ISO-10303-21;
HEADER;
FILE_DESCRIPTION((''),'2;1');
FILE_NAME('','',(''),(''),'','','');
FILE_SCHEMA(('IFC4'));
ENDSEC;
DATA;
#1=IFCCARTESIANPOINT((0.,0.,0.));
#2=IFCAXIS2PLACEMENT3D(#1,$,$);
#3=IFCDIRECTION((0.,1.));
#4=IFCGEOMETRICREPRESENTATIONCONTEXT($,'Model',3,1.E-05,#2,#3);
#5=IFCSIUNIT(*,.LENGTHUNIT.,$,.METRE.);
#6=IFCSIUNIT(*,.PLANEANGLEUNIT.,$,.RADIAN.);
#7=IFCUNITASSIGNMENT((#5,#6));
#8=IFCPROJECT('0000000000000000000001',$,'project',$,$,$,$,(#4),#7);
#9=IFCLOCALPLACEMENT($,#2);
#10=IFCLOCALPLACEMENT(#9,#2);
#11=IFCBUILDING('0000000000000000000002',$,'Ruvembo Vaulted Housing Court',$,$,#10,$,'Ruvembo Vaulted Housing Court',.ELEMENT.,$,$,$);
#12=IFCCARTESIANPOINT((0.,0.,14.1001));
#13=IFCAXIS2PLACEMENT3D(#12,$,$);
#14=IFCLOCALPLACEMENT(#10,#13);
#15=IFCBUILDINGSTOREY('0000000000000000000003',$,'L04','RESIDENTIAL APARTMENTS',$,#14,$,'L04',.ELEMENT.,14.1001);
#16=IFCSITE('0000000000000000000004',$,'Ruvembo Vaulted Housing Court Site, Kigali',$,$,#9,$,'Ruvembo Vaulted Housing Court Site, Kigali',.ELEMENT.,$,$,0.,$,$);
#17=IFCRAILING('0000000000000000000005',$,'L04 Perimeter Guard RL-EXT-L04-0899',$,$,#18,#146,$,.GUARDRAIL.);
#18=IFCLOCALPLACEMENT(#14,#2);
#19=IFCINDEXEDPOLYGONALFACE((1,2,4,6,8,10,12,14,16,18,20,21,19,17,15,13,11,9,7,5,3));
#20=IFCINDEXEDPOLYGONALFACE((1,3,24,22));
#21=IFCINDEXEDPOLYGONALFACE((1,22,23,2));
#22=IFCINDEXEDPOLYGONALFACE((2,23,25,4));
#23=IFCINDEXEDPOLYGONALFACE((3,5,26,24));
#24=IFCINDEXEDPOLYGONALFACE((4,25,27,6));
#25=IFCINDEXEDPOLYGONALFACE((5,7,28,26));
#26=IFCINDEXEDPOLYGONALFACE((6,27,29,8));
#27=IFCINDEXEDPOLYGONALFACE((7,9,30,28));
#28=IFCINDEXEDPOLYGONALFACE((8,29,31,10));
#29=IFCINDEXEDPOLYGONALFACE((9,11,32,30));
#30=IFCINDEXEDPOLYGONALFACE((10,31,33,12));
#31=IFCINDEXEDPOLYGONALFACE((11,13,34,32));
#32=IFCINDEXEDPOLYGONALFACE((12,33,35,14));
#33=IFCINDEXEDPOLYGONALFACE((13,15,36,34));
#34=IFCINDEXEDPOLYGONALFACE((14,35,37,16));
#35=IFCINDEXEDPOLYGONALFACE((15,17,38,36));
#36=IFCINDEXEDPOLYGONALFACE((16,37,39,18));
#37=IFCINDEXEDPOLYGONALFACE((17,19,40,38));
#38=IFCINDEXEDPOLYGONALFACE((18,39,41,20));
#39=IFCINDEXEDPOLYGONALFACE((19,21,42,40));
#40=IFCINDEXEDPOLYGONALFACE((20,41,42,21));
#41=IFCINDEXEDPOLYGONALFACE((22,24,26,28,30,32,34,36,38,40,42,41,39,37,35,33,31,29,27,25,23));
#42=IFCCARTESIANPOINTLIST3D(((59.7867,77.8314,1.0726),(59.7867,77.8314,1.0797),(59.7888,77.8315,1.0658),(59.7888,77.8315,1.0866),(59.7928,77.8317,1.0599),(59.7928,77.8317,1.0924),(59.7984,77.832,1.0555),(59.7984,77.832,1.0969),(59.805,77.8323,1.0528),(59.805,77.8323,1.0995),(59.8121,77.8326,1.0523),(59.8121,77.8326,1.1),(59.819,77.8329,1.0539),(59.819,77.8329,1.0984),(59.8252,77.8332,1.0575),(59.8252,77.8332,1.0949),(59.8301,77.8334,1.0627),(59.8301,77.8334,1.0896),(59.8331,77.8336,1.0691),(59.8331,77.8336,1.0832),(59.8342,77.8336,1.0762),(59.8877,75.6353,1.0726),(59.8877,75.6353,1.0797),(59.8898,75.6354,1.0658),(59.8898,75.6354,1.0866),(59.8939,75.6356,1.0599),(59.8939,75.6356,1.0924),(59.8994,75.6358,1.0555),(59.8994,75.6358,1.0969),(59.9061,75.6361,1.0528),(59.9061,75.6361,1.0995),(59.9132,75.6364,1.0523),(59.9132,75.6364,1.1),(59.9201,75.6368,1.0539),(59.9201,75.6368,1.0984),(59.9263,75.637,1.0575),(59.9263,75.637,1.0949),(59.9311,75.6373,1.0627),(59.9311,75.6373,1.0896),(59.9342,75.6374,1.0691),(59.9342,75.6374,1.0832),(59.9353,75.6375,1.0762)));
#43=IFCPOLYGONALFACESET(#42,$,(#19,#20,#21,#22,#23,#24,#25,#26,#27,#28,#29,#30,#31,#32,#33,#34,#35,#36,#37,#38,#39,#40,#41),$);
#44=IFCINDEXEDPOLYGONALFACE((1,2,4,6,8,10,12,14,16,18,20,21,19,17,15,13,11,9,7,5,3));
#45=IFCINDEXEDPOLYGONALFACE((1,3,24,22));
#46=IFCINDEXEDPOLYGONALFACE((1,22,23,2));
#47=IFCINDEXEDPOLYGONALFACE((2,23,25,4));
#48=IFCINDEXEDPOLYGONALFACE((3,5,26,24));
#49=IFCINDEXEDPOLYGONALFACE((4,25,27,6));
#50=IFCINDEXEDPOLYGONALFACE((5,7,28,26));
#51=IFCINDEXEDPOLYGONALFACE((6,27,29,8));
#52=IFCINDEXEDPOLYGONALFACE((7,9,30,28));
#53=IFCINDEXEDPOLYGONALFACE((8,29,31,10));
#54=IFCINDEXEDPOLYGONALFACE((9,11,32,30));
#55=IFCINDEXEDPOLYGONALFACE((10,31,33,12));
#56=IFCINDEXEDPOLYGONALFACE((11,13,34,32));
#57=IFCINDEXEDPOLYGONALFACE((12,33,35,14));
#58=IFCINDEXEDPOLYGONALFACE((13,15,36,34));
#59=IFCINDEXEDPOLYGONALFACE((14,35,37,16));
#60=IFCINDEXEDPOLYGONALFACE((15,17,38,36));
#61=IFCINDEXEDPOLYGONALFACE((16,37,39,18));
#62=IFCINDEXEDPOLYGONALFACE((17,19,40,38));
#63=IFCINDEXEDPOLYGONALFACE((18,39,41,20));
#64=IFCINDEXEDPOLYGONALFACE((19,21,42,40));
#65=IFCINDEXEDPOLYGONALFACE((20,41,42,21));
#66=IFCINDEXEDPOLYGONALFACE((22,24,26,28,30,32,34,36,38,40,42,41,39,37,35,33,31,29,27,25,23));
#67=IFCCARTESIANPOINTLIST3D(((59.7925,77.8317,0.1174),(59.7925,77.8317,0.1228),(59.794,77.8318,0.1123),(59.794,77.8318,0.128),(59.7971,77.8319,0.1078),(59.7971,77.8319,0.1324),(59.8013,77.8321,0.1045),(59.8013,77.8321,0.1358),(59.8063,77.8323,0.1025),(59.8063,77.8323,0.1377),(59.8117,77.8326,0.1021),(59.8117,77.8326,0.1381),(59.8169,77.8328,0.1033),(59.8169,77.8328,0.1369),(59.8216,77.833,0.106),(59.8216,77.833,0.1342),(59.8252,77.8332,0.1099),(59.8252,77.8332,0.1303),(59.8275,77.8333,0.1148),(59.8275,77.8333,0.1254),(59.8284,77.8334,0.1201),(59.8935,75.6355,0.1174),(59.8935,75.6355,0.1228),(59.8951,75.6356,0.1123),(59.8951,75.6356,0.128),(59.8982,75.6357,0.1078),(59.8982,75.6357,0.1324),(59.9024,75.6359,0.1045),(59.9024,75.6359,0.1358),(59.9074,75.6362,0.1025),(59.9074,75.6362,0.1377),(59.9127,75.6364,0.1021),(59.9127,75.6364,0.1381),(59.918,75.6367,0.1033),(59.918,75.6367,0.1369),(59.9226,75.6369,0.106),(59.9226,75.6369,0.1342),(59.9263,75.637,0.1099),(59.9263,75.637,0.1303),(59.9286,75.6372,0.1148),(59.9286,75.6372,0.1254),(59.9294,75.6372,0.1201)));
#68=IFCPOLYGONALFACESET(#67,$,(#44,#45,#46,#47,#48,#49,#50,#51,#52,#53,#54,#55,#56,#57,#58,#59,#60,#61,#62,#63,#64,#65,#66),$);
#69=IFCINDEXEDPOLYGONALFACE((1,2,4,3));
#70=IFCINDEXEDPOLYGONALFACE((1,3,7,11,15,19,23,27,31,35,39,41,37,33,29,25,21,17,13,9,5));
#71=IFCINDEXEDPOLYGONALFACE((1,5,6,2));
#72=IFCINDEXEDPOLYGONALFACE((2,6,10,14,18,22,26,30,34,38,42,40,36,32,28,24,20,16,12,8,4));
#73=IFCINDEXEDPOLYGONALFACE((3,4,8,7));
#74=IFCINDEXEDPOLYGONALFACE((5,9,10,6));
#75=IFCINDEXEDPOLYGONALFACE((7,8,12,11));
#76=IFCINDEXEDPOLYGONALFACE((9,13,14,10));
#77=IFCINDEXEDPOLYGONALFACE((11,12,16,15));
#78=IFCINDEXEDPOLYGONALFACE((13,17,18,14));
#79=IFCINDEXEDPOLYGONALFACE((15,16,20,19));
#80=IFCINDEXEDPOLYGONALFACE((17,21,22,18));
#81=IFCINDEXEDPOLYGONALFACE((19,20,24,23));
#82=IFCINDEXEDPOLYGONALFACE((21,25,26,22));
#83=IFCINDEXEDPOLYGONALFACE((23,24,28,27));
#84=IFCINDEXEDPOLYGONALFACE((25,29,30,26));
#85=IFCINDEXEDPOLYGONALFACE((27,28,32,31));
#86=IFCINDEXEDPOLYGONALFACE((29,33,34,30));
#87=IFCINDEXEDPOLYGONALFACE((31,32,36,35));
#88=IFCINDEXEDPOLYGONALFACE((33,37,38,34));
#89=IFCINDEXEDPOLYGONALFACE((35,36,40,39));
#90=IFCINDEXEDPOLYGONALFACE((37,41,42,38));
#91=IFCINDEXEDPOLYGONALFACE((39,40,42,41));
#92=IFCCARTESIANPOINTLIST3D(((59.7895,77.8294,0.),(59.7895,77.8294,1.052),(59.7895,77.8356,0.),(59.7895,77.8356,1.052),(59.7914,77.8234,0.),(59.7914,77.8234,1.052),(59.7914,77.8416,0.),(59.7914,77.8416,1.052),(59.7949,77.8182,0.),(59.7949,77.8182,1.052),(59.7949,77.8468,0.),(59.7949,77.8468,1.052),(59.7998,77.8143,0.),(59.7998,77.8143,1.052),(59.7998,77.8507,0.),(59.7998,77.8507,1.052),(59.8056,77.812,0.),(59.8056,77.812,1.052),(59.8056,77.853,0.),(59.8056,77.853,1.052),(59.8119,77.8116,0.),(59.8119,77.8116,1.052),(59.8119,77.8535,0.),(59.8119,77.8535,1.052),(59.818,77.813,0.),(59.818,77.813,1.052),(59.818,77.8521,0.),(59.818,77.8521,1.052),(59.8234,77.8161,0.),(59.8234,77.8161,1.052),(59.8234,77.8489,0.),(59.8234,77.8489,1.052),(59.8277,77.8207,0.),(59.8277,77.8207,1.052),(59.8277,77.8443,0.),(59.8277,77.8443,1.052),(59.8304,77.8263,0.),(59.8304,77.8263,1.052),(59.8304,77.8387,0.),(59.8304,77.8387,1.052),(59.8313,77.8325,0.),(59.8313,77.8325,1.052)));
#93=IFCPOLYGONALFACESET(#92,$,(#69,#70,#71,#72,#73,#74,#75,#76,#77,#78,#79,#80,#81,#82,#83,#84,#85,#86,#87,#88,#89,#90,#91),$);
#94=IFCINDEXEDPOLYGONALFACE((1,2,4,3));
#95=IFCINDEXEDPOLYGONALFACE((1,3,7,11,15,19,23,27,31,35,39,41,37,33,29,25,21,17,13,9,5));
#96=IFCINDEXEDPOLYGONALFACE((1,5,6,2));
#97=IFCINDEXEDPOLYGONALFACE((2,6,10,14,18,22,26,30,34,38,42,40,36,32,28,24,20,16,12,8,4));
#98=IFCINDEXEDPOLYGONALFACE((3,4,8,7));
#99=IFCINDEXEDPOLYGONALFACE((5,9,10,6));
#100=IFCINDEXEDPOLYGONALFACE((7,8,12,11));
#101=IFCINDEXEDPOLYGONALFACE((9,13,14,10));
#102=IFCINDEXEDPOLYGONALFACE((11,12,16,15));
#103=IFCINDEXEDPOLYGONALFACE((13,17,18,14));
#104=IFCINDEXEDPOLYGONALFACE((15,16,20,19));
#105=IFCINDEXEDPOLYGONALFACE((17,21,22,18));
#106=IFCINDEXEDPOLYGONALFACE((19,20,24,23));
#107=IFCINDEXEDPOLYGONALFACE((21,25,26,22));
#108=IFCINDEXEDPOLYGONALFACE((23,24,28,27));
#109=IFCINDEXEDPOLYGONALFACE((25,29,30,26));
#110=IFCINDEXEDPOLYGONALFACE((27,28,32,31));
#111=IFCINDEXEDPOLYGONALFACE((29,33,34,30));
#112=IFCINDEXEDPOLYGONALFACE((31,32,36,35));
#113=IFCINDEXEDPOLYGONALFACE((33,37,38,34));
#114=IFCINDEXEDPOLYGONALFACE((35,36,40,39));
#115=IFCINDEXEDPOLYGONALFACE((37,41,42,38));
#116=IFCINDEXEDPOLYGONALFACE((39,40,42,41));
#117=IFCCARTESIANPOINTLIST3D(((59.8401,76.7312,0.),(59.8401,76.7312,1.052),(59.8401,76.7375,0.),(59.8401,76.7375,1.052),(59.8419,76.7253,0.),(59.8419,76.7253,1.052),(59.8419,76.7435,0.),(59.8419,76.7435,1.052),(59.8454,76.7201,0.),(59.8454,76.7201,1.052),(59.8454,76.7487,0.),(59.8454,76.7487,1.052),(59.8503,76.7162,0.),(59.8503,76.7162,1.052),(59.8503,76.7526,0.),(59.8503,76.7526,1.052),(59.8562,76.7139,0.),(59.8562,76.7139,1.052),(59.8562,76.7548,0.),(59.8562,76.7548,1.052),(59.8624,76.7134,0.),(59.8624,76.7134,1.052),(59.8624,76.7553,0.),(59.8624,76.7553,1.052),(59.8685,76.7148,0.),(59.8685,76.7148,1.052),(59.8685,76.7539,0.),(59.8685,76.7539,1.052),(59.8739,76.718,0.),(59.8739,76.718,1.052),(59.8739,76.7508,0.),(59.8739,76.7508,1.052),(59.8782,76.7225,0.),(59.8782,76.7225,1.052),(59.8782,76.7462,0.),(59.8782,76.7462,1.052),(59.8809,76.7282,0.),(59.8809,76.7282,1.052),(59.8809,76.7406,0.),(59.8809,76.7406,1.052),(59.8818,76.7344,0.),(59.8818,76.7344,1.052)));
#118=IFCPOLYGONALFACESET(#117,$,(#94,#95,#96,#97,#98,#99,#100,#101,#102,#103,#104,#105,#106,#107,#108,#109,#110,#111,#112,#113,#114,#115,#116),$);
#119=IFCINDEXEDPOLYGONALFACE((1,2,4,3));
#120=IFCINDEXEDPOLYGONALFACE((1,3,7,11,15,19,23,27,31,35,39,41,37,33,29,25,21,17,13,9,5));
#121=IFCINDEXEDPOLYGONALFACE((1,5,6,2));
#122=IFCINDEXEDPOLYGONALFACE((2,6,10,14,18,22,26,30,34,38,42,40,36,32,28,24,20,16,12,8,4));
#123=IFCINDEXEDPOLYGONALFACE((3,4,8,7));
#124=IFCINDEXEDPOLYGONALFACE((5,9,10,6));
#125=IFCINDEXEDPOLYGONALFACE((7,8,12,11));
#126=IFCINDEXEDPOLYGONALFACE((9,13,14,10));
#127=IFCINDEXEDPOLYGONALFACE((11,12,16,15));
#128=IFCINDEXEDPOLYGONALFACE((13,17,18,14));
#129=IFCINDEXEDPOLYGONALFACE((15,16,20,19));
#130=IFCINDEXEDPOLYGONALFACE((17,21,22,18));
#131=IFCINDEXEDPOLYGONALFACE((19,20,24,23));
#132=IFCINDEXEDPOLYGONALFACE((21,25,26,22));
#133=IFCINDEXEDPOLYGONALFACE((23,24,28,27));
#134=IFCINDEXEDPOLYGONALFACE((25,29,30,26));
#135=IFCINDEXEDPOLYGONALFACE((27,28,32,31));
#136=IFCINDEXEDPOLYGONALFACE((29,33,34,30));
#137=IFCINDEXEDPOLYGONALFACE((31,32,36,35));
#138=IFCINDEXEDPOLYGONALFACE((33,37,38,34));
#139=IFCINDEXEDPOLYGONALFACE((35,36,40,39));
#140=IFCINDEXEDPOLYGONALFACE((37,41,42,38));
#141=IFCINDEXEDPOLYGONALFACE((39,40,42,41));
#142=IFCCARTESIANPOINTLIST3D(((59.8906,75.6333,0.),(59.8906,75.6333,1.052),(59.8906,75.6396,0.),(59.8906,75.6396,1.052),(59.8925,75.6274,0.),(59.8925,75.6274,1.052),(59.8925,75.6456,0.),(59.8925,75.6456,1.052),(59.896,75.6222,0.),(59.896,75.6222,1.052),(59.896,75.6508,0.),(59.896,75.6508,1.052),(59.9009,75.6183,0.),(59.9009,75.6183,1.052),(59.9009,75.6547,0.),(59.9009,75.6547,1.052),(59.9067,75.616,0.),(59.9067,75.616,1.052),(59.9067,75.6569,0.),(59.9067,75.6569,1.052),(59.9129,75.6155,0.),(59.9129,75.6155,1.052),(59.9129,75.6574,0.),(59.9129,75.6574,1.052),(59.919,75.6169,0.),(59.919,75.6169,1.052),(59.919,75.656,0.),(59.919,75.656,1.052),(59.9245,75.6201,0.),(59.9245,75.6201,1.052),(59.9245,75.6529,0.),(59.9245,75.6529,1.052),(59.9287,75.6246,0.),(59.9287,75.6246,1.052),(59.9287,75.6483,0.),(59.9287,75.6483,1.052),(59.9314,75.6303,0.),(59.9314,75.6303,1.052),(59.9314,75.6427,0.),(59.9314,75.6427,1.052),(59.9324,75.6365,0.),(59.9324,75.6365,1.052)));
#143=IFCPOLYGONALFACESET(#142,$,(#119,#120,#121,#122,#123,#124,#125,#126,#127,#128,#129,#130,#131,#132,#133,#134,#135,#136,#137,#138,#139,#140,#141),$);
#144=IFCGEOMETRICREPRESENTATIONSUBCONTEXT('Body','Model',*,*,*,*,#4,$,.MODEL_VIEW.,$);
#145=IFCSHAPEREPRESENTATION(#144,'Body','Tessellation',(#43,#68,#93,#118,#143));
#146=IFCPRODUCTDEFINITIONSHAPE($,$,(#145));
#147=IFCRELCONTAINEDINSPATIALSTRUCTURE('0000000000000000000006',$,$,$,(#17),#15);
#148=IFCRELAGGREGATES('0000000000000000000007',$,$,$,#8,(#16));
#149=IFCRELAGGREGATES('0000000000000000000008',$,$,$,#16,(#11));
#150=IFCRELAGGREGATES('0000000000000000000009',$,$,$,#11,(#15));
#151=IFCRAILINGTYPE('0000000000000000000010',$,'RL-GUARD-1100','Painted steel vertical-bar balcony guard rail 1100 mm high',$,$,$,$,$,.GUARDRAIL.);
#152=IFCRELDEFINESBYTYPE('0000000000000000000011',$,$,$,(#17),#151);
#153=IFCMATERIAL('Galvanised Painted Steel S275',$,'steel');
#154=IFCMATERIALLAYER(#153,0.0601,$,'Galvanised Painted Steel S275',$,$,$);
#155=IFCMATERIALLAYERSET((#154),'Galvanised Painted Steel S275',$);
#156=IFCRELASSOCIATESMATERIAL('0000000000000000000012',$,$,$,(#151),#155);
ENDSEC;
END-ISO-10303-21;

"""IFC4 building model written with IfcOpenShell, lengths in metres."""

from ifc_helpers import new_model, si_unit, direction, frame, origin, origin_2d, place, context, subcontext, project, spatial, circle, extrude, material, layer, layer_set, type_object, element, save


model = new_model("IFC4")

# Units and contexts
model_context = context("Model", 3, precision=1e-05, world=origin(), true_north=direction((0.0, 1.0)))
body_context = subcontext(model_context, "Body", "Model", "MODEL_VIEW")
ifc_project = project(units=[si_unit("LENGTHUNIT", "METRE"), si_unit("PLANEANGLEUNIT", "RADIAN")], contexts=[model_context])

# Site, building, storey
site_placement = place(None, origin())
site = spatial("IfcSite", under=ifc_project, at=site_placement, Name="Ruvembo Vaulted Housing Court Site, Kigali", LongName="Ruvembo Vaulted Housing Court Site, Kigali", CompositionType="ELEMENT", RefElevation=0.0)
building_placement = place(site_placement, origin())
building = spatial("IfcBuilding", under=site, at=building_placement, Name="Ruvembo Vaulted Housing Court", LongName="Ruvembo Vaulted Housing Court", CompositionType="ELEMENT")
storey_placement = place(building_placement, frame((0.0, 0.0, 14.1001)))
storey = spatial("IfcBuildingStorey", under=building, at=storey_placement, Name="L04", Description="RESIDENTIAL APARTMENTS", LongName="L04", CompositionType="ELEMENT", Elevation=14.1001)

# Railing
ifc_material_1 = material(Name="Galvanised Painted Steel S275", Category="steel")
ifc_layer_1 = layer(ifc_material_1, 0.0601, Name="Galvanised Painted Steel S275")
ifc_layer_set_1 = layer_set([ifc_layer_1], Name="Galvanised Painted Steel S275")
railing_type_1 = type_object("IfcRailingType", Name="RL-GUARD-1100", Description="Painted steel vertical-bar balcony guard rail 1100 mm high", PredefinedType="GUARDRAIL", material=ifc_layer_set_1)
railing_1_placement = place(storey_placement, frame((59.8103, 77.8325, 0.0)))
element("IfcRailing", 1, at=railing_1_placement, inside=storey, type_object=railing_type_1, Name="L04 Perimeter Guard RL-EXT-L04-0899", PredefinedType="GUARDRAIL", context=body_context, shape_type="SweptSolid", body=[
    extrude(circle(Radius=0.0239, at=origin_2d()), frame((0.0, 0.0, 1.0762), z_axis=(0.045977, -0.998943, 0.0), x_axis=(0.998943, 0.045977, 0.0)), (0.0, 0.0, 1.0), 2.1985),
    extrude(circle(Radius=0.0181, at=origin_2d()), frame((0.0, 0.0, 0.1201), z_axis=(0.045977, -0.998943, 0.0), x_axis=(0.998943, 0.045977, 0.0)), (0.0, 0.0, 1.0), 2.1985),
    extrude(circle(Radius=0.021, at=origin_2d()), origin(), (0.0, 0.0, 1.0), 1.052),
    extrude(circle(Radius=0.021, at=origin_2d()), frame((0.0505, -1.0981, 0.0)), (0.0, 0.0, 1.0), 1.052),
    extrude(circle(Radius=0.021, at=origin_2d()), frame((0.1011, -2.196, 0.0)), (0.0, 0.0, 1.0), 1.052),
])

save(model, "model.ifc")
